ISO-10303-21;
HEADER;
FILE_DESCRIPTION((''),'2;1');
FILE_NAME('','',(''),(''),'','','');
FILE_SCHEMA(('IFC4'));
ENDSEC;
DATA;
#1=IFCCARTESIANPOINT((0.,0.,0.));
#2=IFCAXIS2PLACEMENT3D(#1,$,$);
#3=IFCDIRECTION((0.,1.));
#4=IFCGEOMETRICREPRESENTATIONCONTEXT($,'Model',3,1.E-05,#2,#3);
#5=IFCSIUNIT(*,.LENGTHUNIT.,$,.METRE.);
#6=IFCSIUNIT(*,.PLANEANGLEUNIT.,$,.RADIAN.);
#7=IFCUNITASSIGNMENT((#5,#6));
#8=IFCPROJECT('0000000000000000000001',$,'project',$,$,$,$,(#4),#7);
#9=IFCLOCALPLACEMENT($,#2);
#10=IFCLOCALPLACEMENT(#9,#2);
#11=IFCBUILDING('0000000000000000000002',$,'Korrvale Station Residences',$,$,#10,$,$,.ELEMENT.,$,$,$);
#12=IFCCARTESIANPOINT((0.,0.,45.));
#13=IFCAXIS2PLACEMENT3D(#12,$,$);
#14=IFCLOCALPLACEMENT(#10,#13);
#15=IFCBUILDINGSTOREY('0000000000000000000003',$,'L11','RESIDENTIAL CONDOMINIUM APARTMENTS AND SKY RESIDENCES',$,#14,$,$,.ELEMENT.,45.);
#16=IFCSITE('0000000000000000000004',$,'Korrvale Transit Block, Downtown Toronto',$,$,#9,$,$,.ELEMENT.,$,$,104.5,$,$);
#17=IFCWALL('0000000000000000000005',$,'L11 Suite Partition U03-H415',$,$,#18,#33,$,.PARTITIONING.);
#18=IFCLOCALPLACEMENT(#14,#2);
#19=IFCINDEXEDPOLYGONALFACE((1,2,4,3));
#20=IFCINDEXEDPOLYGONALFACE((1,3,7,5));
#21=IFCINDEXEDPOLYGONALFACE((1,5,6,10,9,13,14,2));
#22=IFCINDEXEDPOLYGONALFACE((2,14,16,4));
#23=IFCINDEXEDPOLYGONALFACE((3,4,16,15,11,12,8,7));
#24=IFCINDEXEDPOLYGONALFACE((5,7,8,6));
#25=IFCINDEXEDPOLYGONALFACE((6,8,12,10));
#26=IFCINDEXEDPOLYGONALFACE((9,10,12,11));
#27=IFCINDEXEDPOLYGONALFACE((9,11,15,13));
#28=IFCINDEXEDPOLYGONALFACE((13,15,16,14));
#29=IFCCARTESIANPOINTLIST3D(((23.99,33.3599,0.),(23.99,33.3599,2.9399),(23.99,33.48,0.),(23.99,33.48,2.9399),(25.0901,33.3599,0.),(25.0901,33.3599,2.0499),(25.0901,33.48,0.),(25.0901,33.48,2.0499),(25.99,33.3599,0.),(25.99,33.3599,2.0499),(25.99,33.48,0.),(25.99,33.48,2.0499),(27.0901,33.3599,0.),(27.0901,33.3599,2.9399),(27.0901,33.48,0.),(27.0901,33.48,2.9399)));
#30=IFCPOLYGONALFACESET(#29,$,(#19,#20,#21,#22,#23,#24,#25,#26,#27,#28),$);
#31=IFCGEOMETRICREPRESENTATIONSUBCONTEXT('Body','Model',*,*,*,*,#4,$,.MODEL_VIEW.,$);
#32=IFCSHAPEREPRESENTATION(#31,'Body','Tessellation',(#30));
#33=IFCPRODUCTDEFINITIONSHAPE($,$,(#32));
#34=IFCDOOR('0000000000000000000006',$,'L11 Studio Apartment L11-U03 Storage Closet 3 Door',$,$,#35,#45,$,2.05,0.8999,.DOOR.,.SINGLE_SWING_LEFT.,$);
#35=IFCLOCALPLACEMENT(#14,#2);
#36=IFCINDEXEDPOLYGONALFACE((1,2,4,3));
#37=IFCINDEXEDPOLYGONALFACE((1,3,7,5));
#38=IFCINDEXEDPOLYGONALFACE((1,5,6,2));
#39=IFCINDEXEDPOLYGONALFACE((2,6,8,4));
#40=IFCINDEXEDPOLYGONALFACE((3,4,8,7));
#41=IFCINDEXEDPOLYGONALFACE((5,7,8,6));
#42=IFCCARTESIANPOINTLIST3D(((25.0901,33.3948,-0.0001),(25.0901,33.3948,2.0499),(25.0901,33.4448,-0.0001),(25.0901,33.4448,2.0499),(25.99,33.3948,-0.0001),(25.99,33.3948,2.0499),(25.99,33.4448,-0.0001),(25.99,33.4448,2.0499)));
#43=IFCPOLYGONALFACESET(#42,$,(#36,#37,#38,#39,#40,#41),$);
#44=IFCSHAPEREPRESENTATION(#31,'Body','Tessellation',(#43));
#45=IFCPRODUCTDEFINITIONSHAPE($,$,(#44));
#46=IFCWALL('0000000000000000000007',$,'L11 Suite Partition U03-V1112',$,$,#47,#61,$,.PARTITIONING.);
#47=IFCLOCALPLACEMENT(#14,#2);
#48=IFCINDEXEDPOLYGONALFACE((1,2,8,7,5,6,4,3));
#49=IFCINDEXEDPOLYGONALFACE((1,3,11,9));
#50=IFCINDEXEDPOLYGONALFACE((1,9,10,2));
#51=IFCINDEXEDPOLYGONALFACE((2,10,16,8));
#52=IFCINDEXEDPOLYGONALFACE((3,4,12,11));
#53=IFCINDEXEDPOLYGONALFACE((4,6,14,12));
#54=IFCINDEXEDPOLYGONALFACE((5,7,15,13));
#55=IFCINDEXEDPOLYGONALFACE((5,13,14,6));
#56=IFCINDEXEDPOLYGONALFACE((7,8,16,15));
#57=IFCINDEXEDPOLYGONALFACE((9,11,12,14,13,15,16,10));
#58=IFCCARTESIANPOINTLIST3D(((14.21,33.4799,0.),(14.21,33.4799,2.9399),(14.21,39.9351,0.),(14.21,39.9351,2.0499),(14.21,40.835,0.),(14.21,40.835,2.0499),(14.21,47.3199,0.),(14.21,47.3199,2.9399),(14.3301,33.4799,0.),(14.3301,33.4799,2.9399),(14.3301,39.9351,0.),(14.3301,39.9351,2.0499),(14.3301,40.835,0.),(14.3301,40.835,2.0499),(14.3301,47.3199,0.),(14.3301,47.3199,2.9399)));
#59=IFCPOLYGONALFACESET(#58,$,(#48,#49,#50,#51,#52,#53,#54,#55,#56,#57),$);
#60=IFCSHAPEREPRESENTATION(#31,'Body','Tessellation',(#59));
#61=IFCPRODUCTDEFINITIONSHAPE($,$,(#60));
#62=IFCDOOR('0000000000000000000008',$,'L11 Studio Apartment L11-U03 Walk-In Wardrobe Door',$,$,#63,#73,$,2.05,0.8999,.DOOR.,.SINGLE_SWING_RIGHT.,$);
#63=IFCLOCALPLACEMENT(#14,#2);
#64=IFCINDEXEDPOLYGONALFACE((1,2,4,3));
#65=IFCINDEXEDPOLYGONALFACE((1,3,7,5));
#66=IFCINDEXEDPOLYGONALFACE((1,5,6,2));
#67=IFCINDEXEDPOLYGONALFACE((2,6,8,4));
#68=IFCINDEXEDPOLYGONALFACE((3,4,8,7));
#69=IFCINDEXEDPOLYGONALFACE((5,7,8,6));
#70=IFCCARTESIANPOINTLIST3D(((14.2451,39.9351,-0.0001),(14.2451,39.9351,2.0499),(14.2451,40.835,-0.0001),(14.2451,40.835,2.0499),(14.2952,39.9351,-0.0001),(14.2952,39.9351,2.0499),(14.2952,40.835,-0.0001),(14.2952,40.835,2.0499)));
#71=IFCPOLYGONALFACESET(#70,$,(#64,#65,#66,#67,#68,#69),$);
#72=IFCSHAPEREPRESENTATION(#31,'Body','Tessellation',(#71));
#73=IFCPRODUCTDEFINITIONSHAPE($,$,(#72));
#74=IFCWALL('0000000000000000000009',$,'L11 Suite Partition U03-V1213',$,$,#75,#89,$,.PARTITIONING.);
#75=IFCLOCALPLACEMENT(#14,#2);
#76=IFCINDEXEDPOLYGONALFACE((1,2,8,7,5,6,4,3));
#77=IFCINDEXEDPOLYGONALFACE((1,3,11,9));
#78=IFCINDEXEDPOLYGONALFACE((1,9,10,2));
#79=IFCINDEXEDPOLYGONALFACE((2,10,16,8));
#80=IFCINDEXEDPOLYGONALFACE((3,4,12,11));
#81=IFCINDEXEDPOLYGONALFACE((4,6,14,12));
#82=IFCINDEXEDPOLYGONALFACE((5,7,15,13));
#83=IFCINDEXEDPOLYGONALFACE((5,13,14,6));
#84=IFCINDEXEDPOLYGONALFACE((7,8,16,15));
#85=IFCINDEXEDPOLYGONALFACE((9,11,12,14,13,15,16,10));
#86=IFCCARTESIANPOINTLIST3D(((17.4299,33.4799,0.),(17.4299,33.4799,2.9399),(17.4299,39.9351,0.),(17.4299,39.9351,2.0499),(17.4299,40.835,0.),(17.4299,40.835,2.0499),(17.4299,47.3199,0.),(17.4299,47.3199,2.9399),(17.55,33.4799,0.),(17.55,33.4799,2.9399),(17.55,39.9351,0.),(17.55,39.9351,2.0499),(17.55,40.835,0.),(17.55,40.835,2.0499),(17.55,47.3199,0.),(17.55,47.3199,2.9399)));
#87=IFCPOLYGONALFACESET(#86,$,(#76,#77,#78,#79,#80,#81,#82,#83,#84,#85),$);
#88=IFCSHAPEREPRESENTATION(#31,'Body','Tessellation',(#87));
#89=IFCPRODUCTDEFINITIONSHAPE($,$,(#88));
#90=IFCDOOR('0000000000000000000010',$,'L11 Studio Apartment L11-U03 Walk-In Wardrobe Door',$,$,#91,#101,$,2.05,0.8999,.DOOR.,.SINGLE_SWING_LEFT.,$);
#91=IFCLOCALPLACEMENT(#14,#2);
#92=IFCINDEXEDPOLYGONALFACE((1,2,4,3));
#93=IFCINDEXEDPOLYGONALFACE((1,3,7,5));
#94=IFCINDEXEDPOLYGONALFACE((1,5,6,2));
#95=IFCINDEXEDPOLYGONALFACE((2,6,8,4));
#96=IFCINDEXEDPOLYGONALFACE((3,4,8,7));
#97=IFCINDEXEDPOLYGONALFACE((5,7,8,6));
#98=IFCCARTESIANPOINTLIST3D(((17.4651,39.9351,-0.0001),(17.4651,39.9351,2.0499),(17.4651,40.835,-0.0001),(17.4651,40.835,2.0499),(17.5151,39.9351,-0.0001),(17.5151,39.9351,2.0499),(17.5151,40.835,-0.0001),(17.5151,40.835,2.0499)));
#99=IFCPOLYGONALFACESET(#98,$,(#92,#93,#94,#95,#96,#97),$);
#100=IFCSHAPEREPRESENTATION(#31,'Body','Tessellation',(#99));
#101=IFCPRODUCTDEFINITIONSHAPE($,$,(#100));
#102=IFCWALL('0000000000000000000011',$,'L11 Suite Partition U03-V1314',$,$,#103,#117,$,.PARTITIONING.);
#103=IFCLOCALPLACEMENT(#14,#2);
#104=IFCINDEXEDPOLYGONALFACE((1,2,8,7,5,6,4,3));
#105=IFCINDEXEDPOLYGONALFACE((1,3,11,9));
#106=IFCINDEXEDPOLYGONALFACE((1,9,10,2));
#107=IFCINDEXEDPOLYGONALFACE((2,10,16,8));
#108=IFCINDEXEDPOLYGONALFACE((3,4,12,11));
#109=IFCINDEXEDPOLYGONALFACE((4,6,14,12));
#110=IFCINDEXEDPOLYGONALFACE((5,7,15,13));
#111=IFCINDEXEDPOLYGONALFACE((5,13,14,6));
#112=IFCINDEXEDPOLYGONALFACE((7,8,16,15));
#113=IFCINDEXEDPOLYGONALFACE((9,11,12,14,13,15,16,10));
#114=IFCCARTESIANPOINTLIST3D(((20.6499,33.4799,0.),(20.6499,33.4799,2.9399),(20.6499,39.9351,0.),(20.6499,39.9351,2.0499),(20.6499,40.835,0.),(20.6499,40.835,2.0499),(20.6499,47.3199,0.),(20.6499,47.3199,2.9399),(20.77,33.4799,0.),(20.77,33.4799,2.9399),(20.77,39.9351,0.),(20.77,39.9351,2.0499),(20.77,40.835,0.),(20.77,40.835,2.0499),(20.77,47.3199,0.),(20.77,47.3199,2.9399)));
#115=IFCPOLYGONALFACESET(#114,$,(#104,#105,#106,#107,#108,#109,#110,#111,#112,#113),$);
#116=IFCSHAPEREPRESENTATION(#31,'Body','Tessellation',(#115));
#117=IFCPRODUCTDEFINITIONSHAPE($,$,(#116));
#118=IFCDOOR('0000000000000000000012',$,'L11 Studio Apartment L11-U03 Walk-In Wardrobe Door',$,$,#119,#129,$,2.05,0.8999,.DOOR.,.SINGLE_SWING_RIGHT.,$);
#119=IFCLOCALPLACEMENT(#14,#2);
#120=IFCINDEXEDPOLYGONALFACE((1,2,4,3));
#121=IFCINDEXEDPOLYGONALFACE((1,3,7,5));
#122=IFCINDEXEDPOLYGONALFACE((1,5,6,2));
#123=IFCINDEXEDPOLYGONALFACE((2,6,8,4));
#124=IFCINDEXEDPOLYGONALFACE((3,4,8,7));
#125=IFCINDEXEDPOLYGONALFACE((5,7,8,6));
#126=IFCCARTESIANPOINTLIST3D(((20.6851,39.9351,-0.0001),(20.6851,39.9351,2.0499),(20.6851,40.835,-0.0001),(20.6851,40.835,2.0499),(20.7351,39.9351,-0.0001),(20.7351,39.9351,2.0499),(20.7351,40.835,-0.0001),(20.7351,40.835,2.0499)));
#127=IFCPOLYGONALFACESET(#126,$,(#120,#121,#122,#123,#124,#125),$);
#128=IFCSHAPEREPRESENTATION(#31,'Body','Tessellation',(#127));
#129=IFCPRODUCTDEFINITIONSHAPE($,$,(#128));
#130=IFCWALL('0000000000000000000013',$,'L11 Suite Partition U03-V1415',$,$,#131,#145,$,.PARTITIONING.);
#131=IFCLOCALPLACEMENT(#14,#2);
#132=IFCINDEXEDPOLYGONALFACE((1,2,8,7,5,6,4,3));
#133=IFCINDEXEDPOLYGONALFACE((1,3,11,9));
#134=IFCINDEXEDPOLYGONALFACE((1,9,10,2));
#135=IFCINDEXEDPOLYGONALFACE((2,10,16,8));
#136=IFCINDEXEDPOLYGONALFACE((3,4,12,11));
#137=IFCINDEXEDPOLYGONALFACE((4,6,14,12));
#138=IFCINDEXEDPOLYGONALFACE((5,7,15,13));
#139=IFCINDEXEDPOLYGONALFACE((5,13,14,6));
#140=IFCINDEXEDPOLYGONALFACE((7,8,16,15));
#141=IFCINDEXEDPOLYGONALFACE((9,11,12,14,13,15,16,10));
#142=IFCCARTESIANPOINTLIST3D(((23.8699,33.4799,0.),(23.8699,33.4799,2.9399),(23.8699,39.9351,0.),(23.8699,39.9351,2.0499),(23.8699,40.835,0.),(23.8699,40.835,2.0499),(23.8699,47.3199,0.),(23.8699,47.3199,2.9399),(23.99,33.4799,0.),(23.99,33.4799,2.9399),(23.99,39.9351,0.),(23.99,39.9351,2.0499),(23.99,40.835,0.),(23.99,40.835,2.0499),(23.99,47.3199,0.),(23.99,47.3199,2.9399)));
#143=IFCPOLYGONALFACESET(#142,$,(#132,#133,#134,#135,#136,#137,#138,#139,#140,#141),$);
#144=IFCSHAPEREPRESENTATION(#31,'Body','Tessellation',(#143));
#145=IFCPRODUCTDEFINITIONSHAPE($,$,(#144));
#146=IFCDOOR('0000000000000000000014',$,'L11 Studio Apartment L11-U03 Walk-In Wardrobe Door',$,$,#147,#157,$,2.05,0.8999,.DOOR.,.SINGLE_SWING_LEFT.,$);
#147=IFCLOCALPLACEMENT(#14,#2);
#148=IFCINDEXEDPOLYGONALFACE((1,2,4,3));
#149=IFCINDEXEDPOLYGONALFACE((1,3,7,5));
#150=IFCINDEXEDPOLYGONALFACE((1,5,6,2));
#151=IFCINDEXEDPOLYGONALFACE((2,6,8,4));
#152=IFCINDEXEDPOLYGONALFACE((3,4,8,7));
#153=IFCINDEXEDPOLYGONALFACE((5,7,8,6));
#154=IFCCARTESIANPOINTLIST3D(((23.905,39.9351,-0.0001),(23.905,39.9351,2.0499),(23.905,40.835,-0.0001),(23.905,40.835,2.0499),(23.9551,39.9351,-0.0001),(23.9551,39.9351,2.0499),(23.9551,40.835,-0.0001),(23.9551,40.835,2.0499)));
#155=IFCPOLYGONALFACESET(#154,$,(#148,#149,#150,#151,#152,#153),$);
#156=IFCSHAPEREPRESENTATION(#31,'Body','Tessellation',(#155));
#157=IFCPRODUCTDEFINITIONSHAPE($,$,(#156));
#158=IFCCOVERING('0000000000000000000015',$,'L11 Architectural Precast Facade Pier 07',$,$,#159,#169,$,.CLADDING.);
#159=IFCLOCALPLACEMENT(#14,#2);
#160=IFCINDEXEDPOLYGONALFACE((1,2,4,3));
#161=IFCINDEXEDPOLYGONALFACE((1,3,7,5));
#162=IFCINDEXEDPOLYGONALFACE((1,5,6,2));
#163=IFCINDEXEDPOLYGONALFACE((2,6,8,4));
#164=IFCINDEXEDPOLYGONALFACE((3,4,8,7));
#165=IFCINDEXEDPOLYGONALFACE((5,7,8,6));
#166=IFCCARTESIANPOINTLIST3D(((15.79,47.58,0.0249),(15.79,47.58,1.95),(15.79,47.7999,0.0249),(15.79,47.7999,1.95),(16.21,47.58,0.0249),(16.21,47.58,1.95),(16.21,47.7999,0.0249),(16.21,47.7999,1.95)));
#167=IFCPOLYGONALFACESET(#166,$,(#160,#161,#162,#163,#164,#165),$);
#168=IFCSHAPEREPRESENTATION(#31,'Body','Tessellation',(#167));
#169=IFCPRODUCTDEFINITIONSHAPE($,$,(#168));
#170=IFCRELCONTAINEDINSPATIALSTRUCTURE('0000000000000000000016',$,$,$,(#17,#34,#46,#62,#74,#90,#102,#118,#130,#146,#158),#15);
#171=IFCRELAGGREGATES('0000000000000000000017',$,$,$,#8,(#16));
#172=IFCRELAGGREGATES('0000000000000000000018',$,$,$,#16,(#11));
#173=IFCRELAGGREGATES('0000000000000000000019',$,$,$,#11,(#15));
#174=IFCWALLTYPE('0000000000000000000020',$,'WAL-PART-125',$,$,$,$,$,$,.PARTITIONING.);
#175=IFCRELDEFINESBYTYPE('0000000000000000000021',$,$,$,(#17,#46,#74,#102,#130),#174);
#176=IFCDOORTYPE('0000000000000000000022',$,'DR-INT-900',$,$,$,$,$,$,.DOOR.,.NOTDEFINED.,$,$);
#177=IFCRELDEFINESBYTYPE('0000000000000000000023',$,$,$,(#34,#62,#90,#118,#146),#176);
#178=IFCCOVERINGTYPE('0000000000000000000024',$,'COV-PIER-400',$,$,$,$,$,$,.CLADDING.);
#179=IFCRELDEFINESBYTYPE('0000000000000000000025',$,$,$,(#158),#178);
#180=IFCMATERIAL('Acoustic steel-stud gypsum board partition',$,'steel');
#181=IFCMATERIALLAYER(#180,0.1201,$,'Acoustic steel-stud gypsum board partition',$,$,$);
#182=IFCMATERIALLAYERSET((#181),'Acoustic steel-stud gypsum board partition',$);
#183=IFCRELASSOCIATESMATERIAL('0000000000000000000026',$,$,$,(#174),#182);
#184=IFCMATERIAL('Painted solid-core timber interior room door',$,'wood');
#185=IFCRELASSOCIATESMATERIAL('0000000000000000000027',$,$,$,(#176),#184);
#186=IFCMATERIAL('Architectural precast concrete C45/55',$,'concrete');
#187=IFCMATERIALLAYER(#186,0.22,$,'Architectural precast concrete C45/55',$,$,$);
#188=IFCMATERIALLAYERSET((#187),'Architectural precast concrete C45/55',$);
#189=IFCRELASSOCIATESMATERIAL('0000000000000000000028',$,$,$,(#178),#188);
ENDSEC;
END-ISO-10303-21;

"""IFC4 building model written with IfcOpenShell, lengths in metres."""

from ifc_helpers import new_model, si_unit, direction, frame, frame_2d, origin, origin_2d, place, context, subcontext, project, spatial, rectangle, extrude, material, layer, layer_set, type_object, element, fill, save


model = new_model("IFC4")

# Units and contexts
model_context = context("Model", 3, precision=1e-05, world=origin(), true_north=direction((0.0, 1.0)))
body_context = subcontext(model_context, "Body", "Model", "MODEL_VIEW")
ifc_project = project(units=[si_unit("LENGTHUNIT", "METRE"), si_unit("PLANEANGLEUNIT", "RADIAN")], contexts=[model_context])

# Site, building, storey
site_placement = place(None, origin())
site = spatial("IfcSite", under=ifc_project, at=site_placement, Name="Korrvale Transit Block, Downtown Toronto", CompositionType="ELEMENT", RefElevation=104.5)
building_placement = place(site_placement, origin())
building = spatial("IfcBuilding", under=site, at=building_placement, Name="Korrvale Station Residences", CompositionType="ELEMENT")
storey_placement = place(building_placement, frame((0.0, 0.0, 45.0)))
storey = spatial("IfcBuildingStorey", under=building, at=storey_placement, Name="L11", Description="RESIDENTIAL CONDOMINIUM APARTMENTS AND SKY RESIDENCES", CompositionType="ELEMENT", Elevation=45.0)

# Shared definitions
ifc_material_1 = material(Name="Acoustic steel-stud gypsum board partition", Category="steel")
ifc_layer_1 = layer(ifc_material_1, 0.1201, Name="Acoustic steel-stud gypsum board partition")
ifc_layer_set_1 = layer_set([ifc_layer_1], Name="Acoustic steel-stud gypsum board partition")
wall_type = type_object("IfcWallType", Name="WAL-PART-125", PredefinedType="PARTITIONING", material=ifc_layer_set_1)
ifc_material_2 = material(Name="Painted solid-core timber interior room door", Category="wood")
door_type = type_object("IfcDoorType", Name="DR-INT-900", OperationType="NOTDEFINED", PredefinedType="DOOR", material=ifc_material_2)

# Walls, openings, doors
wall_1_placement = place(storey_placement, frame((23.99, 33.4199, 0.0), z_axis=(0.0, 0.0, 1.0), x_axis=(1.0, 0.0, 0.0)))
wall_1 = element("IfcWall", 1, at=wall_1_placement, inside=storey, type_object=wall_type, Name="L11 Suite Partition U03-H415", PredefinedType="PARTITIONING", context=body_context, shape_type="SweptSolid", body=[
    extrude(rectangle(XDim=3.1001, YDim=0.1201, at=frame_2d((1.55, 0.0))), origin(), (0.0, 0.0, 1.0), 2.9399),
])
opening_1_placement = place(wall_1_placement, frame((1.1001, 0.0, 0.0)))
opening_1 = element("IfcOpeningElement", 2, at=opening_1_placement, cuts=wall_1, PredefinedType="OPENING", context=body_context, shape_type="SweptSolid", body=[
    extrude(rectangle(XDim=0.8999, YDim=2.05, at=frame_2d((0.45, 1.0249))), frame((0.0, 0.0701, 0.0), z_axis=(0.0, -1.0, 0.0), x_axis=(1.0, 0.0, 0.0)), (0.0, 0.0, 1.0), 0.1401),
])
door_1_placement = place(opening_1_placement, origin())
door_1 = element("IfcDoor", 3, at=door_1_placement, inside=storey, type_object=door_type, Name="L11 Studio Apartment L11-U03 Storage Closet 3 Door", OperationType="SINGLE_SWING_LEFT", OverallHeight=2.05, OverallWidth=0.8999, PredefinedType="DOOR", context=body_context, shape_type="SweptSolid", body=[
    extrude(rectangle(XDim=0.8999, YDim=2.05, at=frame_2d((0.45, 1.0249))), frame((0.0, 0.0249, 0.0), z_axis=(0.0, -1.0, 0.0), x_axis=(1.0, 0.0, 0.0)), (0.0, 0.0, 1.0), 0.05),
])
fill(opening_1, door_1)
wall_2_placement = place(storey_placement, frame((14.27, 33.48, 0.0), z_axis=(0.0, 0.0, 1.0), x_axis=(0.0, 1.0, 0.0)))
wall_2 = element("IfcWall", 4, at=wall_2_placement, inside=storey, type_object=wall_type, Name="L11 Suite Partition U03-V1112", PredefinedType="PARTITIONING", context=body_context, shape_type="SweptSolid", body=[
    extrude(rectangle(XDim=13.8401, YDim=0.1201, at=frame_2d((6.9199, 0.0))), origin(), (0.0, 0.0, 1.0), 2.9399),
])
opening_2_placement = place(wall_2_placement, frame((6.4551, 0.0, 0.0)))
opening_2 = element("IfcOpeningElement", 5, at=opening_2_placement, cuts=wall_2, PredefinedType="OPENING", context=body_context, shape_type="SweptSolid", body=[
    extrude(rectangle(XDim=0.8999, YDim=2.05, at=frame_2d((0.45, 1.0249))), frame((0.0, 0.0701, 0.0), z_axis=(0.0, -1.0, 0.0), x_axis=(1.0, 0.0, 0.0)), (0.0, 0.0, 1.0), 0.1401),
])
door_2_placement = place(opening_2_placement, origin())
door_2 = element("IfcDoor", 6, at=door_2_placement, inside=storey, type_object=door_type, Name="L11 Studio Apartment L11-U03 Walk-In Wardrobe Door", OperationType="SINGLE_SWING_RIGHT", OverallHeight=2.05, OverallWidth=0.8999, PredefinedType="DOOR", context=body_context, shape_type="SweptSolid", body=[
    extrude(rectangle(XDim=0.8999, YDim=2.05, at=frame_2d((0.45, 1.0249))), frame((0.0, 0.0249, 0.0), z_axis=(0.0, -1.0, 0.0), x_axis=(1.0, 0.0, 0.0)), (0.0, 0.0, 1.0), 0.05),
])
fill(opening_2, door_2)
wall_3_placement = place(storey_placement, frame((17.49, 33.48, 0.0), z_axis=(0.0, 0.0, 1.0), x_axis=(0.0, 1.0, 0.0)))
wall_3 = element("IfcWall", 7, at=wall_3_placement, inside=storey, type_object=wall_type, Name="L11 Suite Partition U03-V1213", PredefinedType="PARTITIONING", context=body_context, shape_type="SweptSolid", body=[
    extrude(rectangle(XDim=13.8401, YDim=0.1201, at=frame_2d((6.9199, 0.0))), origin(), (0.0, 0.0, 1.0), 2.9399),
])
opening_3_placement = place(wall_3_placement, frame((6.4551, 0.0, 0.0)))
opening_3 = element("IfcOpeningElement", 8, at=opening_3_placement, cuts=wall_3, PredefinedType="OPENING", context=body_context, shape_type="SweptSolid", body=[
    extrude(rectangle(XDim=0.8999, YDim=2.05, at=frame_2d((0.45, 1.0249))), frame((0.0, 0.0701, 0.0), z_axis=(0.0, -1.0, 0.0), x_axis=(1.0, 0.0, 0.0)), (0.0, 0.0, 1.0), 0.1401),
])
door_3_placement = place(opening_3_placement, origin())
door_3 = element("IfcDoor", 9, at=door_3_placement, inside=storey, type_object=door_type, Name="L11 Studio Apartment L11-U03 Walk-In Wardrobe Door", OperationType="SINGLE_SWING_LEFT", OverallHeight=2.05, OverallWidth=0.8999, PredefinedType="DOOR", context=body_context, shape_type="SweptSolid", body=[
    extrude(rectangle(XDim=0.8999, YDim=2.05, at=frame_2d((0.45, 1.0249))), frame((0.0, 0.0249, 0.0), z_axis=(0.0, -1.0, 0.0), x_axis=(1.0, 0.0, 0.0)), (0.0, 0.0, 1.0), 0.05),
])
fill(opening_3, door_3)
wall_4_placement = place(storey_placement, frame((20.71, 33.48, 0.0), z_axis=(0.0, 0.0, 1.0), x_axis=(0.0, 1.0, 0.0)))
wall_4 = element("IfcWall", 10, at=wall_4_placement, inside=storey, type_object=wall_type, Name="L11 Suite Partition U03-V1314", PredefinedType="PARTITIONING", context=body_context, shape_type="SweptSolid", body=[
    extrude(rectangle(XDim=13.8401, YDim=0.1201, at=frame_2d((6.9199, 0.0))), origin(), (0.0, 0.0, 1.0), 2.9399),
])
opening_4_placement = place(wall_4_placement, frame((6.4551, 0.0, 0.0)))
opening_4 = element("IfcOpeningElement", 11, at=opening_4_placement, cuts=wall_4, PredefinedType="OPENING", context=body_context, shape_type="SweptSolid", body=[
    extrude(rectangle(XDim=0.8999, YDim=2.05, at=frame_2d((0.45, 1.0249))), frame((0.0, 0.0701, 0.0), z_axis=(0.0, -1.0, 0.0), x_axis=(1.0, 0.0, 0.0)), (0.0, 0.0, 1.0), 0.1401),
])
door_4_placement = place(opening_4_placement, origin())
door_4 = element("IfcDoor", 12, at=door_4_placement, inside=storey, type_object=door_type, Name="L11 Studio Apartment L11-U03 Walk-In Wardrobe Door", OperationType="SINGLE_SWING_RIGHT", OverallHeight=2.05, OverallWidth=0.8999, PredefinedType="DOOR", context=body_context, shape_type="SweptSolid", body=[
    extrude(rectangle(XDim=0.8999, YDim=2.05, at=frame_2d((0.45, 1.0249))), frame((0.0, 0.0249, 0.0), z_axis=(0.0, -1.0, 0.0), x_axis=(1.0, 0.0, 0.0)), (0.0, 0.0, 1.0), 0.05),
])
fill(opening_4, door_4)
wall_5_placement = place(storey_placement, frame((23.9299, 33.48, 0.0), z_axis=(0.0, 0.0, 1.0), x_axis=(0.0, 1.0, 0.0)))
wall_5 = element("IfcWall", 13, at=wall_5_placement, inside=storey, type_object=wall_type, Name="L11 Suite Partition U03-V1415", PredefinedType="PARTITIONING", context=body_context, shape_type="SweptSolid", body=[
    extrude(rectangle(XDim=13.8401, YDim=0.1201, at=frame_2d((6.9199, 0.0))), origin(), (0.0, 0.0, 1.0), 2.9399),
])
opening_5_placement = place(wall_5_placement, frame((6.4551, 0.0, 0.0)))
opening_5 = element("IfcOpeningElement", 14, at=opening_5_placement, cuts=wall_5, PredefinedType="OPENING", context=body_context, shape_type="SweptSolid", body=[
    extrude(rectangle(XDim=0.8999, YDim=2.05, at=frame_2d((0.45, 1.0249))), frame((0.0, 0.0701, 0.0), z_axis=(0.0, -1.0, 0.0), x_axis=(1.0, 0.0, 0.0)), (0.0, 0.0, 1.0), 0.1401),
])
door_5_placement = place(opening_5_placement, origin())
door_5 = element("IfcDoor", 15, at=door_5_placement, inside=storey, type_object=door_type, Name="L11 Studio Apartment L11-U03 Walk-In Wardrobe Door", OperationType="SINGLE_SWING_LEFT", OverallHeight=2.05, OverallWidth=0.8999, PredefinedType="DOOR", context=body_context, shape_type="SweptSolid", body=[
    extrude(rectangle(XDim=0.8999, YDim=2.05, at=frame_2d((0.45, 1.0249))), frame((0.0, 0.0249, 0.0), z_axis=(0.0, -1.0, 0.0), x_axis=(1.0, 0.0, 0.0)), (0.0, 0.0, 1.0), 0.05),
])
fill(opening_5, door_5)

# Covering
ifc_material_3 = material(Name="Architectural precast concrete C45/55", Category="concrete")
ifc_layer_2 = layer(ifc_material_3, 0.22, Name="Architectural precast concrete C45/55")
ifc_layer_set_2 = layer_set([ifc_layer_2], Name="Architectural precast concrete C45/55")
covering_type = type_object("IfcCoveringType", Name="COV-PIER-400", PredefinedType="CLADDING", material=ifc_layer_set_2)
for number, where, z_axis, x_axis, name in (
    (16, (16.0, 47.6899, 0.0249), (0.0, 0.0, 1.0), (1.0, 0.0, 0.0), "L11 Architectural Precast Facade Pier 07"),
):
    element("IfcCovering", number, at=place(storey_placement, frame(where, z_axis=z_axis, x_axis=x_axis)), inside=storey, type_object=covering_type, Name=name, PredefinedType="CLADDING", context=body_context, shape_type="SweptSolid", body=[
        extrude(rectangle(XDim=0.4199, YDim=0.22, at=origin_2d()), origin(), (0.0, 0.0, 1.0), 1.925),
    ])

save(model, "model.ifc")
